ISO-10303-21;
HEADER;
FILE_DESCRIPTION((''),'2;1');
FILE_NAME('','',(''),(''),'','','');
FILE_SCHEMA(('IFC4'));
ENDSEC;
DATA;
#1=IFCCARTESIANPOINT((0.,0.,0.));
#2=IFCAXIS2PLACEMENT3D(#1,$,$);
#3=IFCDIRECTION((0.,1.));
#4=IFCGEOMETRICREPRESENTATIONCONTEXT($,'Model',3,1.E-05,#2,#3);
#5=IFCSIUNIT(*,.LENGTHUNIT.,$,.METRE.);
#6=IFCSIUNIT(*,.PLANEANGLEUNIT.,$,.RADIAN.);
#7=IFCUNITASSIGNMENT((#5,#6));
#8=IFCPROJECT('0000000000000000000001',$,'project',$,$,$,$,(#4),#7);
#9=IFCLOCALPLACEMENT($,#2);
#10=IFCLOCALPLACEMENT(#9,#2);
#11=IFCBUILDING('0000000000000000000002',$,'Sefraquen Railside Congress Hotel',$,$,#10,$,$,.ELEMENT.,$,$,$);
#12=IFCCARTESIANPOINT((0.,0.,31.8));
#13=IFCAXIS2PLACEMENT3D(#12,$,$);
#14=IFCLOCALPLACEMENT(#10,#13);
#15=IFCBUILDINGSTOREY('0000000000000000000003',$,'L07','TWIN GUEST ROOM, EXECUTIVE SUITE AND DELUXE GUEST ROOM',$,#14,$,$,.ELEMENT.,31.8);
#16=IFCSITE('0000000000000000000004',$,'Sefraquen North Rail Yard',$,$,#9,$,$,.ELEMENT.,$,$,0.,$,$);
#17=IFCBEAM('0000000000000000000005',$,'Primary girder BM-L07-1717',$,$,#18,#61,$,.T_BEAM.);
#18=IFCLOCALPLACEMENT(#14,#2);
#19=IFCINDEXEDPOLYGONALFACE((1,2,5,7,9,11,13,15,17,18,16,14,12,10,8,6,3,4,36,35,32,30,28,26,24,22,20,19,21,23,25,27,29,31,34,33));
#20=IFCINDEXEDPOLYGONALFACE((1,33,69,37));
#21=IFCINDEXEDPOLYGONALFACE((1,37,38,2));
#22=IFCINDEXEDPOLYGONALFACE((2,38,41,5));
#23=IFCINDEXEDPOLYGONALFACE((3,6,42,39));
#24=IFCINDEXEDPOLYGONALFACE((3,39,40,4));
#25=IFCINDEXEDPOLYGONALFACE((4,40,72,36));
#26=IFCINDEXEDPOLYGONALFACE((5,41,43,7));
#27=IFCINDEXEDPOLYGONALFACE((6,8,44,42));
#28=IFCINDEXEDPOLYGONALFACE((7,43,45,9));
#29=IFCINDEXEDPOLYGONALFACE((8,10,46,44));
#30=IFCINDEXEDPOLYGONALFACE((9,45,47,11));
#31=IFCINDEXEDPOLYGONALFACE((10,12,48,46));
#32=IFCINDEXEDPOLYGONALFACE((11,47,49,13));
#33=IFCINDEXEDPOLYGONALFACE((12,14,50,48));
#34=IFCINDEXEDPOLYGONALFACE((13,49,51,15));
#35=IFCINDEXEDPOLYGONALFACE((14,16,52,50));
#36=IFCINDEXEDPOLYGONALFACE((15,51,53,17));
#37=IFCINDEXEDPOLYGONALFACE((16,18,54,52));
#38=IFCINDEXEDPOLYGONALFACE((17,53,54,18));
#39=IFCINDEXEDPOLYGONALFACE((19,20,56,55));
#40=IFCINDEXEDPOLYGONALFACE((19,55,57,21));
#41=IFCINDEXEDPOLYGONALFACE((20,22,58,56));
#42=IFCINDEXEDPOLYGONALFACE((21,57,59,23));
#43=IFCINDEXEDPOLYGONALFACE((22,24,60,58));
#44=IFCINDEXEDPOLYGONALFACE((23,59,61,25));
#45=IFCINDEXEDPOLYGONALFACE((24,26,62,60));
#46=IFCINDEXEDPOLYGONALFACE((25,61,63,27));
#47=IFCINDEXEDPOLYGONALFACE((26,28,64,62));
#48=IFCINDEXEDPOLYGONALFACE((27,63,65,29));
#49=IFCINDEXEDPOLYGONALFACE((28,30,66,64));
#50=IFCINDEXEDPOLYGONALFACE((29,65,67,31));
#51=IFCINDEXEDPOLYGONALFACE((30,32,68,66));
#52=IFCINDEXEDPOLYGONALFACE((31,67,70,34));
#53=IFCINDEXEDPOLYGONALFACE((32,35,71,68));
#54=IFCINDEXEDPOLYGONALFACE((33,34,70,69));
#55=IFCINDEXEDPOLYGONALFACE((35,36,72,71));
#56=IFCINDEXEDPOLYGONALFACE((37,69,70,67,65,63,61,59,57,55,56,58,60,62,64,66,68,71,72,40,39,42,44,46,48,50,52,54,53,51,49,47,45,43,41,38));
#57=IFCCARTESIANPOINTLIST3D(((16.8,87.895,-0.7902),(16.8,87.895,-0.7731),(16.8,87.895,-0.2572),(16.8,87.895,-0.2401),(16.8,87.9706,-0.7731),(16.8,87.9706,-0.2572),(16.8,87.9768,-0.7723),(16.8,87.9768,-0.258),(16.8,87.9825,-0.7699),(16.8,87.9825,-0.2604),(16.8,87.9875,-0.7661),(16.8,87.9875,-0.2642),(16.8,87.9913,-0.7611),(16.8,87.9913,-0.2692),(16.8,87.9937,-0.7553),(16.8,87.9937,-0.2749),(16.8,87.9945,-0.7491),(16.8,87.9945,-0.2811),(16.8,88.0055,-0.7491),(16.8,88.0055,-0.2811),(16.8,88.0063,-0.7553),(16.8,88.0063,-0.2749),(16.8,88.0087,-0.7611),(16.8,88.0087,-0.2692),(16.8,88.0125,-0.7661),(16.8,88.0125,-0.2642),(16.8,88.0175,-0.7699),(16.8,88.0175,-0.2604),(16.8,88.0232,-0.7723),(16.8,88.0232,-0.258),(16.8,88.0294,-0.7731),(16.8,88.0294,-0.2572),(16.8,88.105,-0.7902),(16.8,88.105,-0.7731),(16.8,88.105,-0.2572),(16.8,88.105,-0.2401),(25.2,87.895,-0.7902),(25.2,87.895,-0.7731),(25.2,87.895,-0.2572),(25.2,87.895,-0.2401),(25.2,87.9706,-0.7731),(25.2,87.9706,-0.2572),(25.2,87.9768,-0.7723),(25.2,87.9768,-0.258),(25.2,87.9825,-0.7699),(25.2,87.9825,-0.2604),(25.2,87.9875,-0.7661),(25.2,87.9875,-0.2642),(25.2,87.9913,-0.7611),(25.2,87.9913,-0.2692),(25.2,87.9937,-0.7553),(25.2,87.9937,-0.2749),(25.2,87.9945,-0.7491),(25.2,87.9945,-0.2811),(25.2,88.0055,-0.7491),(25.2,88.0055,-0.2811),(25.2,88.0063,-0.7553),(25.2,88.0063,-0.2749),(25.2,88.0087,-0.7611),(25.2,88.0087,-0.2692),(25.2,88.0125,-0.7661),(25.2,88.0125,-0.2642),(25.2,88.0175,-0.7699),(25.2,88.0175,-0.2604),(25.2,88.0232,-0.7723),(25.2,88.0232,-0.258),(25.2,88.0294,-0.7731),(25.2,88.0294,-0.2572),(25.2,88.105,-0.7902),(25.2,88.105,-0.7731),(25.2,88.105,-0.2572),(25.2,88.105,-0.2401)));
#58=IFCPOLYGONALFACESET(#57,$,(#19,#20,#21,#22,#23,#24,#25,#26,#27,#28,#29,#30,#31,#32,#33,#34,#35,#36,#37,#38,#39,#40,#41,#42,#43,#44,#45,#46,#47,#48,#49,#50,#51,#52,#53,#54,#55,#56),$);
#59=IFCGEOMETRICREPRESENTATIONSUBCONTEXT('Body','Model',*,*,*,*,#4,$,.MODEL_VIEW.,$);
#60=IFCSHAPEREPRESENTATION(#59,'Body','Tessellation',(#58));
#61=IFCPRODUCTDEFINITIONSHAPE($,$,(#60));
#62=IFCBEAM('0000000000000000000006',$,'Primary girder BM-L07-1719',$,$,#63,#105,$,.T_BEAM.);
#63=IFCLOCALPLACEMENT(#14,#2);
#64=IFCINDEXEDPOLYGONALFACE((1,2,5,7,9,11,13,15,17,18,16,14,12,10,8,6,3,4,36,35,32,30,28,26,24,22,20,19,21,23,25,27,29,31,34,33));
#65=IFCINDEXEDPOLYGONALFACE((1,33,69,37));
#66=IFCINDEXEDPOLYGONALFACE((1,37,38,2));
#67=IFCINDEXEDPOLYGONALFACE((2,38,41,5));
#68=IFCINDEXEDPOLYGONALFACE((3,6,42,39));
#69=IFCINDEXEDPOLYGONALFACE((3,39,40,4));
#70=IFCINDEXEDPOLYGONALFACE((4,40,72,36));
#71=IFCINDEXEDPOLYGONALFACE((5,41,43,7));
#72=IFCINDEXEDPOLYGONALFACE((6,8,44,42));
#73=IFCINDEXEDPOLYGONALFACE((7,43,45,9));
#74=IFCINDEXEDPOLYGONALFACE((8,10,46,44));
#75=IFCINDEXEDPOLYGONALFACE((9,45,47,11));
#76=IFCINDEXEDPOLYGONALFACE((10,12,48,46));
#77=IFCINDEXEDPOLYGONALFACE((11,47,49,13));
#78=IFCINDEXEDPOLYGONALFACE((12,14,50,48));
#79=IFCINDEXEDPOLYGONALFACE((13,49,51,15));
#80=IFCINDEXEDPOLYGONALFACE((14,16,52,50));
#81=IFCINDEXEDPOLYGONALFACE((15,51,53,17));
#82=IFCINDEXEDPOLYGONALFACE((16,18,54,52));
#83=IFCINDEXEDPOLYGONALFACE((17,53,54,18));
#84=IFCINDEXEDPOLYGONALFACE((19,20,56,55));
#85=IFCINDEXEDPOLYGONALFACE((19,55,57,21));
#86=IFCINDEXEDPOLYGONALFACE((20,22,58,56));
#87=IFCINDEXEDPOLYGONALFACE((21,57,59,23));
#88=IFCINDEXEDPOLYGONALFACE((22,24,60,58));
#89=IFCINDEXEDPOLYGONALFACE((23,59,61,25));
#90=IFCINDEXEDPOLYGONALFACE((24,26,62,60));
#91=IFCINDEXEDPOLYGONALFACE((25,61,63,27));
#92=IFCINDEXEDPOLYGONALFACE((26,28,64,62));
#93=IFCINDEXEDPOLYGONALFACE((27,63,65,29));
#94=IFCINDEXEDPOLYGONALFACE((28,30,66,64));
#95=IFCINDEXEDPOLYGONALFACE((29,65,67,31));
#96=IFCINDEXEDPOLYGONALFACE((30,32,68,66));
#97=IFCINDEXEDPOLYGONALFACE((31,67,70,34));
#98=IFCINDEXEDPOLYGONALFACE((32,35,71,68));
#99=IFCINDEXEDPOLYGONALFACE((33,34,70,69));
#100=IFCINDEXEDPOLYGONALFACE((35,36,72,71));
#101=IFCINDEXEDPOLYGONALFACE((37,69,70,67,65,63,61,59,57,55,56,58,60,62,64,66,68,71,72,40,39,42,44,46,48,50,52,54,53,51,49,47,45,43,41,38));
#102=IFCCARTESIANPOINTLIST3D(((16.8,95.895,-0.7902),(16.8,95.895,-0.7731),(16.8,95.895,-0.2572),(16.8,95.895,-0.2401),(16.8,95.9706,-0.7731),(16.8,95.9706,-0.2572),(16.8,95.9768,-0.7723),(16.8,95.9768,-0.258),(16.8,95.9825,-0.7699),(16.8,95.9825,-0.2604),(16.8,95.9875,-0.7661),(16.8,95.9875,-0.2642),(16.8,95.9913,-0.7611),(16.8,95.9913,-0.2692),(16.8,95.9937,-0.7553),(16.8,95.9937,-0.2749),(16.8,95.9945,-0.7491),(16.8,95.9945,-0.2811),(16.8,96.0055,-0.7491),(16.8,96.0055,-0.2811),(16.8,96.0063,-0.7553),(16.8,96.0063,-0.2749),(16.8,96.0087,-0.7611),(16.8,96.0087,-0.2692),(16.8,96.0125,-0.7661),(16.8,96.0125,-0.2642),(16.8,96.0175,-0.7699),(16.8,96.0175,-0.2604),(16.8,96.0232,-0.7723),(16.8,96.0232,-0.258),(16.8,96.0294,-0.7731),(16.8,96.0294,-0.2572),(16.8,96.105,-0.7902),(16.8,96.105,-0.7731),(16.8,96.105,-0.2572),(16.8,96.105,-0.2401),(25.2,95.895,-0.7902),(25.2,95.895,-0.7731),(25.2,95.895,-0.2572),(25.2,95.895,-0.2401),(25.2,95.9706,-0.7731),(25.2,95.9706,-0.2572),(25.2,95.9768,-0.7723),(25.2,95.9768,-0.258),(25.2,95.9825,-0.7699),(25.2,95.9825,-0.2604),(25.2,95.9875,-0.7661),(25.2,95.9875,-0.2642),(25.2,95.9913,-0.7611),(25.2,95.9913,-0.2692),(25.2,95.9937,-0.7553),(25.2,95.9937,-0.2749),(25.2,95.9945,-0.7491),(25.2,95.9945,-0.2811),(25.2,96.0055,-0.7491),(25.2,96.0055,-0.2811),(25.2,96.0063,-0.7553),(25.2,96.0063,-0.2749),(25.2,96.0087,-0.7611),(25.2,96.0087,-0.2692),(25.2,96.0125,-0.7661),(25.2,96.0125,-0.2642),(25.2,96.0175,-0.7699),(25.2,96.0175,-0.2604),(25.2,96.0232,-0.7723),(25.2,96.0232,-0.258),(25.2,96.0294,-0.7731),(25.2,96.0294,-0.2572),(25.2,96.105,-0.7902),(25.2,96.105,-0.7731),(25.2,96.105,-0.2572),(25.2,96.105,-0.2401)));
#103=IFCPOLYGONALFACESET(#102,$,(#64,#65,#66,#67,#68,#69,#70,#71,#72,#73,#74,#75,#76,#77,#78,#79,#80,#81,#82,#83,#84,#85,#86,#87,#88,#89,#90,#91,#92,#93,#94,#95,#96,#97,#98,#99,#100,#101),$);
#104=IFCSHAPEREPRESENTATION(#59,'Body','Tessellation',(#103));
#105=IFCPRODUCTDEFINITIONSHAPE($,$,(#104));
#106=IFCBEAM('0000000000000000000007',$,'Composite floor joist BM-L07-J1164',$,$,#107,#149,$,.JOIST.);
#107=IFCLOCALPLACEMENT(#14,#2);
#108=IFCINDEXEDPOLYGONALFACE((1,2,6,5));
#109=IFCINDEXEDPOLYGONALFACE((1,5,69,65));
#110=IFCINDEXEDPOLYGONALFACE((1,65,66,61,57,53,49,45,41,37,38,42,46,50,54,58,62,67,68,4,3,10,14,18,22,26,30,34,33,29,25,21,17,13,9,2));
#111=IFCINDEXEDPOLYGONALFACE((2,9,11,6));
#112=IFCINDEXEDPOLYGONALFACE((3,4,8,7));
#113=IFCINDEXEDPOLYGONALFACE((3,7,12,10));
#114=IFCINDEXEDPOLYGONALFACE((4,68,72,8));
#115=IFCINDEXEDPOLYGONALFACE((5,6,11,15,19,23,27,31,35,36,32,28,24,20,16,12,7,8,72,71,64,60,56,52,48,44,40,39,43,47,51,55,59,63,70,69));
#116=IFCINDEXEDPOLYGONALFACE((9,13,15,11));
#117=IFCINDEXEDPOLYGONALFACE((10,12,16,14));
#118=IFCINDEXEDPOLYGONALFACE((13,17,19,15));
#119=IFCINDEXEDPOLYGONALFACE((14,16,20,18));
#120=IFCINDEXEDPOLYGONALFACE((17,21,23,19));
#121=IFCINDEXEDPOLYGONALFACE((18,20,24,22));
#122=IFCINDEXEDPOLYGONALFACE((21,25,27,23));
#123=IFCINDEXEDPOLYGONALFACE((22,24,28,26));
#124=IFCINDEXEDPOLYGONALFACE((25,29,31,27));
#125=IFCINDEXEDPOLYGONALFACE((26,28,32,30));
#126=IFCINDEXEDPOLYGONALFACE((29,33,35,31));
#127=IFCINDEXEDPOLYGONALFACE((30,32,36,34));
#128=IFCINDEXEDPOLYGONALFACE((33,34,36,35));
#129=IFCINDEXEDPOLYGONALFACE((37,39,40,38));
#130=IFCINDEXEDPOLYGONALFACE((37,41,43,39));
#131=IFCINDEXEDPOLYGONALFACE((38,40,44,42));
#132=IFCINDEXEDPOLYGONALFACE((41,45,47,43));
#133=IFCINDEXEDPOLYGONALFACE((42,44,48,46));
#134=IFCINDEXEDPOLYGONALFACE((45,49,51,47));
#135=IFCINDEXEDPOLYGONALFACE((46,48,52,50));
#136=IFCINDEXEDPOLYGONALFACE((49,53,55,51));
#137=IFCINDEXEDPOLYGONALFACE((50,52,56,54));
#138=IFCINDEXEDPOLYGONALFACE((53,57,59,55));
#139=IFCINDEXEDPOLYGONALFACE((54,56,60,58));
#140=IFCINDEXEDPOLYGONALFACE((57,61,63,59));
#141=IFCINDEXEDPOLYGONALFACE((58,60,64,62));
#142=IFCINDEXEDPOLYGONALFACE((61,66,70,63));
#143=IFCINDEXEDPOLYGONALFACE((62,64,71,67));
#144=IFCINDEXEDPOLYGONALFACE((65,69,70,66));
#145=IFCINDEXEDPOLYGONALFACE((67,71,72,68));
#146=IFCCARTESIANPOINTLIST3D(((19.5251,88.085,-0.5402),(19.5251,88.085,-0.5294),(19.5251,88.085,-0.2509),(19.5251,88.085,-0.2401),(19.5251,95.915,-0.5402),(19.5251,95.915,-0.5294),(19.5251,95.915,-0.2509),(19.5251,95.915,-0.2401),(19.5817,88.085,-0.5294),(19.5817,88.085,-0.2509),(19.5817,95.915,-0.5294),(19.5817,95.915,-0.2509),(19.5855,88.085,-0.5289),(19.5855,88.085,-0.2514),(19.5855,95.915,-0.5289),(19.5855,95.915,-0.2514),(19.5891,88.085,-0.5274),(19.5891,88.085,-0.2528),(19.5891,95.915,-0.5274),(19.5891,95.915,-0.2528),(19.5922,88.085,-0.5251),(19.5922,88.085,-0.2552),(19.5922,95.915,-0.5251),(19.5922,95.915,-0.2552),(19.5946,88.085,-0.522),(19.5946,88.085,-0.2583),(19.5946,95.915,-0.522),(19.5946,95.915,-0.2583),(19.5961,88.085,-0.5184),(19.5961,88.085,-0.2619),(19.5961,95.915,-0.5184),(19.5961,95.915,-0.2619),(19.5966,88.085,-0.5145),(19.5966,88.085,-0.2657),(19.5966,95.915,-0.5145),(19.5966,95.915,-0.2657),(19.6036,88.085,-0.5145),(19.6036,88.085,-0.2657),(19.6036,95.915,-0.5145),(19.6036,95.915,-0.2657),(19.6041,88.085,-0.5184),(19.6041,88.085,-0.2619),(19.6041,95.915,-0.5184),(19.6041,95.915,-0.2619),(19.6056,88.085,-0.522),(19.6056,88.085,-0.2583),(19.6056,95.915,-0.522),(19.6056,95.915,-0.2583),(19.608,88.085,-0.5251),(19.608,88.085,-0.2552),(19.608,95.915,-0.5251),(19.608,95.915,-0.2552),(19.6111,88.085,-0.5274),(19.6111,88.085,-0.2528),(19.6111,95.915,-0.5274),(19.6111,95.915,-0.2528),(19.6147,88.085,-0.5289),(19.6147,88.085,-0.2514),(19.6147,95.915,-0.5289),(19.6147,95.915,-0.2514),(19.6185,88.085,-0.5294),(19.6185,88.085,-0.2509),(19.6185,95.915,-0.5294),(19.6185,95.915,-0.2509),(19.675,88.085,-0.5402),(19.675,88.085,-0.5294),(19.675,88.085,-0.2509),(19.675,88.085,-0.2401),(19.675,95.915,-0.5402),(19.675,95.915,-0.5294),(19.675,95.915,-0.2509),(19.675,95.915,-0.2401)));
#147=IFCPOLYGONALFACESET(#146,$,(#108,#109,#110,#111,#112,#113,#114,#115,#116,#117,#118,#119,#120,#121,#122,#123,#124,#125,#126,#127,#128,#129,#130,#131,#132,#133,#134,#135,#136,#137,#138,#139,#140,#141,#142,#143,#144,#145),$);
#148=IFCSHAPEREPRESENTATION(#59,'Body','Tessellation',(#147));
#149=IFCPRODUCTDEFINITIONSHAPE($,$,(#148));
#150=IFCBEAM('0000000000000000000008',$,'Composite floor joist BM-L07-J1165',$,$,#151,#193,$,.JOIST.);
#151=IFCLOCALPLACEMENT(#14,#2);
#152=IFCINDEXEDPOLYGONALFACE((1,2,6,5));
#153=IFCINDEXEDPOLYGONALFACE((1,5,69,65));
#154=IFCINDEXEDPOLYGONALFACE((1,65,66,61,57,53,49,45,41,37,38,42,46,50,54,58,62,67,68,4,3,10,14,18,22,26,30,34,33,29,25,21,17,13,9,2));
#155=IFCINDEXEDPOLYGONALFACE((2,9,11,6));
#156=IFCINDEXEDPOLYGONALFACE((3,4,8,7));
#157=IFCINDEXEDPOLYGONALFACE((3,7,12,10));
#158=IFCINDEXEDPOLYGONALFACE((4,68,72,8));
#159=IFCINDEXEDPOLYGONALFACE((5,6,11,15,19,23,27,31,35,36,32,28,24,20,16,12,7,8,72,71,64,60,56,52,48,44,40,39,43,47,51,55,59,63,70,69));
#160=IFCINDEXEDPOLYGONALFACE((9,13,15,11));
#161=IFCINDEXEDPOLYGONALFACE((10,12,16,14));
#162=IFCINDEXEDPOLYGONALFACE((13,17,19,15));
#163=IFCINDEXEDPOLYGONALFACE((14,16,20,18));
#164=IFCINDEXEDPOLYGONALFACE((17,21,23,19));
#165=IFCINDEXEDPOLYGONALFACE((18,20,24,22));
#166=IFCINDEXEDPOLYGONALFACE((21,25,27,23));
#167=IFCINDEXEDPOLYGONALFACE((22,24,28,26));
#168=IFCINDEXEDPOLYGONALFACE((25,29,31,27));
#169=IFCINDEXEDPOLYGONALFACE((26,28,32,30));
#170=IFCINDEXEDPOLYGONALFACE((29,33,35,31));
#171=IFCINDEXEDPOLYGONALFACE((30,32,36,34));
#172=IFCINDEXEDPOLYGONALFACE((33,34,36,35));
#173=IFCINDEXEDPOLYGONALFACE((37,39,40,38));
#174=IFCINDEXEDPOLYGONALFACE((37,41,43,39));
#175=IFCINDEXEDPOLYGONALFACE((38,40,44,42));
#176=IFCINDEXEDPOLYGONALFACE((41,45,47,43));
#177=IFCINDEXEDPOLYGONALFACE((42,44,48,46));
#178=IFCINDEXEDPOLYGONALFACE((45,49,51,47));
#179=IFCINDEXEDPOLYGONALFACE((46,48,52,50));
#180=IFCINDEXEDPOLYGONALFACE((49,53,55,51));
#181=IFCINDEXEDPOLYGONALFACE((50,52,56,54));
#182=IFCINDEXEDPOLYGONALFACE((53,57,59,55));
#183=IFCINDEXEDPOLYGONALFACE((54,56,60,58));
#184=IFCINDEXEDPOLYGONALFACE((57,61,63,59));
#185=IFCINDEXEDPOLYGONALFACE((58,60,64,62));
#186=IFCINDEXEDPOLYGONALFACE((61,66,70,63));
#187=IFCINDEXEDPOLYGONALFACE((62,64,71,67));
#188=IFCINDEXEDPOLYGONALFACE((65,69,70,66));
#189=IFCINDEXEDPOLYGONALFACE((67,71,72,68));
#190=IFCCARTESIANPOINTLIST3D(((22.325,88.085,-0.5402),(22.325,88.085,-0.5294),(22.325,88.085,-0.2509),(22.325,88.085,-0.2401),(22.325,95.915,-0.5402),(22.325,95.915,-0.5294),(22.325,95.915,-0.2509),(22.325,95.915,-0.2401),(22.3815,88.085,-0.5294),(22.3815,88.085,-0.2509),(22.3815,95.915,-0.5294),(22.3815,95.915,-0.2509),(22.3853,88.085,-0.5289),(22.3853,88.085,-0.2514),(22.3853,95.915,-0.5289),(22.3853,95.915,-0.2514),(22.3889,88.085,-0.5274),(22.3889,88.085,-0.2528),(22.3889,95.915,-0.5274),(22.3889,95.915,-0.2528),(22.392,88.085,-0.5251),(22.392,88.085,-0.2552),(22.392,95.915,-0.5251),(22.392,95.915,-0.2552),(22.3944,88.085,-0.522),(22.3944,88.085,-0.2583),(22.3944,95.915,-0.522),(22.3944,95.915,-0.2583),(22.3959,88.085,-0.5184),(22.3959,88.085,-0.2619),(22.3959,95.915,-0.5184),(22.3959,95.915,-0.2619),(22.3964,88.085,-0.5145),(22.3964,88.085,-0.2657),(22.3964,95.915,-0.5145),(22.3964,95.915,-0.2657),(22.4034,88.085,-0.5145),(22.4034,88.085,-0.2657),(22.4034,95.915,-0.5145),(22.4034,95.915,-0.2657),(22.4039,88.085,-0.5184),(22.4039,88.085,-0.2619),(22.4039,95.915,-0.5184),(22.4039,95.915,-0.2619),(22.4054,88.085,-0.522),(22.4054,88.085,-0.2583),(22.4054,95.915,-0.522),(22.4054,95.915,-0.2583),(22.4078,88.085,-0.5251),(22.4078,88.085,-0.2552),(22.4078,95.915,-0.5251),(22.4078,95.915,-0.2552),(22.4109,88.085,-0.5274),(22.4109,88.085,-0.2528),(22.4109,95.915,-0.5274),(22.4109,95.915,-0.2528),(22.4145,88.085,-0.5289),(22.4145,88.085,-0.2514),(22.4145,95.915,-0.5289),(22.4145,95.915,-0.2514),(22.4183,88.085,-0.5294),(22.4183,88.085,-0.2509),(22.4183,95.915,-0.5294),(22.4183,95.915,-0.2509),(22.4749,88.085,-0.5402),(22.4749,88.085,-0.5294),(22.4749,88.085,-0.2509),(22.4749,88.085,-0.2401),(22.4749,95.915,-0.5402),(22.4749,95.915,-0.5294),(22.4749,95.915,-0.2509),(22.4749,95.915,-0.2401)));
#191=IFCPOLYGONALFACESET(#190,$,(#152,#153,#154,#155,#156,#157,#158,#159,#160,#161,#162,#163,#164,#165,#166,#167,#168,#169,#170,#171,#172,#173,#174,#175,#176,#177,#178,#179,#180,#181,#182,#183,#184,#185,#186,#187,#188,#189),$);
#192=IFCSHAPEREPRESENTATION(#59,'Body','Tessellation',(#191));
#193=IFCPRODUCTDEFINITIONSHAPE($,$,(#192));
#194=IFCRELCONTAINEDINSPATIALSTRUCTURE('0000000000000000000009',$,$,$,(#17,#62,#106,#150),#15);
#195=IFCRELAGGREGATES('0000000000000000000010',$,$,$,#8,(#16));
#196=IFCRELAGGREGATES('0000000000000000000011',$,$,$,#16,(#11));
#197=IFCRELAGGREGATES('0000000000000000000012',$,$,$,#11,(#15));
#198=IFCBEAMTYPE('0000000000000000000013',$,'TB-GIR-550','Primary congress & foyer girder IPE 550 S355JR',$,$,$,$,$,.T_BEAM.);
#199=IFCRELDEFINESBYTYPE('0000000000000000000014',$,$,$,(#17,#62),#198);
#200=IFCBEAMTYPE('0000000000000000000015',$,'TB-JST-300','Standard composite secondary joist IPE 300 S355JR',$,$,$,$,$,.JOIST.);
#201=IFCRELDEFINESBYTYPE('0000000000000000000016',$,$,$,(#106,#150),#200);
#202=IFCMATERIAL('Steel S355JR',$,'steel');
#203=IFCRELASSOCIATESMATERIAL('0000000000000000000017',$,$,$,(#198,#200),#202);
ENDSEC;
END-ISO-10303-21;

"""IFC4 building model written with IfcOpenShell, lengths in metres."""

from ifc_helpers import new_model, si_unit, direction, frame, origin, origin_2d, place, context, subcontext, project, spatial, i_section, extrude, material, material_profile, profile_set, type_object, element, save


model = new_model("IFC4")

# Units and contexts
model_context = context("Model", 3, precision=1e-05, world=origin(), true_north=direction((0.0, 1.0)))
body_context = subcontext(model_context, "Body", "Model", "MODEL_VIEW")
ifc_project = project(units=[si_unit("LENGTHUNIT", "METRE"), si_unit("PLANEANGLEUNIT", "RADIAN")], contexts=[model_context])

# Site, building, storey
site_placement = place(None, origin())
site = spatial("IfcSite", under=ifc_project, at=site_placement, Name="Sefraquen North Rail Yard", CompositionType="ELEMENT", RefElevation=0.0)
building_placement = place(site_placement, origin())
building = spatial("IfcBuilding", under=site, at=building_placement, Name="Sefraquen Railside Congress Hotel", CompositionType="ELEMENT")
storey_placement = place(building_placement, frame((0.0, 0.0, 31.8)))
storey = spatial("IfcBuildingStorey", under=building, at=storey_placement, Name="L07", Description="TWIN GUEST ROOM, EXECUTIVE SUITE AND DELUXE GUEST ROOM", CompositionType="ELEMENT", Elevation=31.8)

# Shared definitions
ifc_material_1 = material(Name="Steel S355JR", Category="steel")

# Beams
ifc_material_profile_1 = material_profile(ifc_material_1, i_section(OverallWidth=0.21, OverallDepth=0.55, WebThickness=0.011, FlangeThickness=0.0171, FilletRadius=0.0239, at=origin_2d()), Name="IPE 550")
ifc_profile_set_1 = profile_set([ifc_material_profile_1], Name="Steel S355JR")
beam_type_1 = type_object("IfcBeamType", Name="TB-GIR-550", Description="Primary congress & foyer girder IPE 550 S355JR", PredefinedType="T_BEAM", material=ifc_profile_set_1)
for number, where, z_axis, x_axis, name in (
    (1, (16.8, 88.0, -0.5151), (1.0, 0.0, 0.0), (0.0, 1.0, 0.0), "Primary girder BM-L07-1717"),
    (2, (16.8, 96.0, -0.5151), (1.0, 0.0, 0.0), (0.0, 1.0, 0.0), "Primary girder BM-L07-1719"),
):
    element("IfcBeam", number, at=place(storey_placement, frame(where, z_axis=z_axis, x_axis=x_axis)), inside=storey, type_object=beam_type_1, Name=name, PredefinedType="T_BEAM", context=body_context, shape_type="SweptSolid", body=[
        extrude(i_section(OverallWidth=0.21, OverallDepth=0.55, WebThickness=0.011, FlangeThickness=0.0171, FilletRadius=0.0239, at=origin_2d()), origin(), (0.0, 0.0, 1.0), 8.3999),
    ])
ifc_material_profile_2 = material_profile(ifc_material_1, i_section(OverallWidth=0.1499, OverallDepth=0.3, WebThickness=0.0071, FlangeThickness=0.0107, FilletRadius=0.0149, at=origin_2d()), Name="IPE 300")
ifc_profile_set_2 = profile_set([ifc_material_profile_2], Name="Steel S355JR")
beam_type_2 = type_object("IfcBeamType", Name="TB-JST-300", Description="Standard composite secondary joist IPE 300 S355JR", PredefinedType="JOIST", material=ifc_profile_set_2)
for number, where, z_axis, x_axis, name in (
    (3, (19.6001, 88.085, -0.3901), (0.0, 1.0, 0.0), (-1.0, 0.0, 0.0), "Composite floor joist BM-L07-J1164"),
    (4, (22.3999, 88.085, -0.3901), (0.0, 1.0, 0.0), (-1.0, 0.0, 0.0), "Composite floor joist BM-L07-J1165"),
):
    element("IfcBeam", number, at=place(storey_placement, frame(where, z_axis=z_axis, x_axis=x_axis)), inside=storey, type_object=beam_type_2, Name=name, PredefinedType="JOIST", context=body_context, shape_type="SweptSolid", body=[
        extrude(i_section(OverallWidth=0.1499, OverallDepth=0.3, WebThickness=0.0071, FlangeThickness=0.0107, FilletRadius=0.0149, at=origin_2d()), origin(), (0.0, 0.0, 1.0), 7.8301),
    ])

save(model, "model.ifc")
